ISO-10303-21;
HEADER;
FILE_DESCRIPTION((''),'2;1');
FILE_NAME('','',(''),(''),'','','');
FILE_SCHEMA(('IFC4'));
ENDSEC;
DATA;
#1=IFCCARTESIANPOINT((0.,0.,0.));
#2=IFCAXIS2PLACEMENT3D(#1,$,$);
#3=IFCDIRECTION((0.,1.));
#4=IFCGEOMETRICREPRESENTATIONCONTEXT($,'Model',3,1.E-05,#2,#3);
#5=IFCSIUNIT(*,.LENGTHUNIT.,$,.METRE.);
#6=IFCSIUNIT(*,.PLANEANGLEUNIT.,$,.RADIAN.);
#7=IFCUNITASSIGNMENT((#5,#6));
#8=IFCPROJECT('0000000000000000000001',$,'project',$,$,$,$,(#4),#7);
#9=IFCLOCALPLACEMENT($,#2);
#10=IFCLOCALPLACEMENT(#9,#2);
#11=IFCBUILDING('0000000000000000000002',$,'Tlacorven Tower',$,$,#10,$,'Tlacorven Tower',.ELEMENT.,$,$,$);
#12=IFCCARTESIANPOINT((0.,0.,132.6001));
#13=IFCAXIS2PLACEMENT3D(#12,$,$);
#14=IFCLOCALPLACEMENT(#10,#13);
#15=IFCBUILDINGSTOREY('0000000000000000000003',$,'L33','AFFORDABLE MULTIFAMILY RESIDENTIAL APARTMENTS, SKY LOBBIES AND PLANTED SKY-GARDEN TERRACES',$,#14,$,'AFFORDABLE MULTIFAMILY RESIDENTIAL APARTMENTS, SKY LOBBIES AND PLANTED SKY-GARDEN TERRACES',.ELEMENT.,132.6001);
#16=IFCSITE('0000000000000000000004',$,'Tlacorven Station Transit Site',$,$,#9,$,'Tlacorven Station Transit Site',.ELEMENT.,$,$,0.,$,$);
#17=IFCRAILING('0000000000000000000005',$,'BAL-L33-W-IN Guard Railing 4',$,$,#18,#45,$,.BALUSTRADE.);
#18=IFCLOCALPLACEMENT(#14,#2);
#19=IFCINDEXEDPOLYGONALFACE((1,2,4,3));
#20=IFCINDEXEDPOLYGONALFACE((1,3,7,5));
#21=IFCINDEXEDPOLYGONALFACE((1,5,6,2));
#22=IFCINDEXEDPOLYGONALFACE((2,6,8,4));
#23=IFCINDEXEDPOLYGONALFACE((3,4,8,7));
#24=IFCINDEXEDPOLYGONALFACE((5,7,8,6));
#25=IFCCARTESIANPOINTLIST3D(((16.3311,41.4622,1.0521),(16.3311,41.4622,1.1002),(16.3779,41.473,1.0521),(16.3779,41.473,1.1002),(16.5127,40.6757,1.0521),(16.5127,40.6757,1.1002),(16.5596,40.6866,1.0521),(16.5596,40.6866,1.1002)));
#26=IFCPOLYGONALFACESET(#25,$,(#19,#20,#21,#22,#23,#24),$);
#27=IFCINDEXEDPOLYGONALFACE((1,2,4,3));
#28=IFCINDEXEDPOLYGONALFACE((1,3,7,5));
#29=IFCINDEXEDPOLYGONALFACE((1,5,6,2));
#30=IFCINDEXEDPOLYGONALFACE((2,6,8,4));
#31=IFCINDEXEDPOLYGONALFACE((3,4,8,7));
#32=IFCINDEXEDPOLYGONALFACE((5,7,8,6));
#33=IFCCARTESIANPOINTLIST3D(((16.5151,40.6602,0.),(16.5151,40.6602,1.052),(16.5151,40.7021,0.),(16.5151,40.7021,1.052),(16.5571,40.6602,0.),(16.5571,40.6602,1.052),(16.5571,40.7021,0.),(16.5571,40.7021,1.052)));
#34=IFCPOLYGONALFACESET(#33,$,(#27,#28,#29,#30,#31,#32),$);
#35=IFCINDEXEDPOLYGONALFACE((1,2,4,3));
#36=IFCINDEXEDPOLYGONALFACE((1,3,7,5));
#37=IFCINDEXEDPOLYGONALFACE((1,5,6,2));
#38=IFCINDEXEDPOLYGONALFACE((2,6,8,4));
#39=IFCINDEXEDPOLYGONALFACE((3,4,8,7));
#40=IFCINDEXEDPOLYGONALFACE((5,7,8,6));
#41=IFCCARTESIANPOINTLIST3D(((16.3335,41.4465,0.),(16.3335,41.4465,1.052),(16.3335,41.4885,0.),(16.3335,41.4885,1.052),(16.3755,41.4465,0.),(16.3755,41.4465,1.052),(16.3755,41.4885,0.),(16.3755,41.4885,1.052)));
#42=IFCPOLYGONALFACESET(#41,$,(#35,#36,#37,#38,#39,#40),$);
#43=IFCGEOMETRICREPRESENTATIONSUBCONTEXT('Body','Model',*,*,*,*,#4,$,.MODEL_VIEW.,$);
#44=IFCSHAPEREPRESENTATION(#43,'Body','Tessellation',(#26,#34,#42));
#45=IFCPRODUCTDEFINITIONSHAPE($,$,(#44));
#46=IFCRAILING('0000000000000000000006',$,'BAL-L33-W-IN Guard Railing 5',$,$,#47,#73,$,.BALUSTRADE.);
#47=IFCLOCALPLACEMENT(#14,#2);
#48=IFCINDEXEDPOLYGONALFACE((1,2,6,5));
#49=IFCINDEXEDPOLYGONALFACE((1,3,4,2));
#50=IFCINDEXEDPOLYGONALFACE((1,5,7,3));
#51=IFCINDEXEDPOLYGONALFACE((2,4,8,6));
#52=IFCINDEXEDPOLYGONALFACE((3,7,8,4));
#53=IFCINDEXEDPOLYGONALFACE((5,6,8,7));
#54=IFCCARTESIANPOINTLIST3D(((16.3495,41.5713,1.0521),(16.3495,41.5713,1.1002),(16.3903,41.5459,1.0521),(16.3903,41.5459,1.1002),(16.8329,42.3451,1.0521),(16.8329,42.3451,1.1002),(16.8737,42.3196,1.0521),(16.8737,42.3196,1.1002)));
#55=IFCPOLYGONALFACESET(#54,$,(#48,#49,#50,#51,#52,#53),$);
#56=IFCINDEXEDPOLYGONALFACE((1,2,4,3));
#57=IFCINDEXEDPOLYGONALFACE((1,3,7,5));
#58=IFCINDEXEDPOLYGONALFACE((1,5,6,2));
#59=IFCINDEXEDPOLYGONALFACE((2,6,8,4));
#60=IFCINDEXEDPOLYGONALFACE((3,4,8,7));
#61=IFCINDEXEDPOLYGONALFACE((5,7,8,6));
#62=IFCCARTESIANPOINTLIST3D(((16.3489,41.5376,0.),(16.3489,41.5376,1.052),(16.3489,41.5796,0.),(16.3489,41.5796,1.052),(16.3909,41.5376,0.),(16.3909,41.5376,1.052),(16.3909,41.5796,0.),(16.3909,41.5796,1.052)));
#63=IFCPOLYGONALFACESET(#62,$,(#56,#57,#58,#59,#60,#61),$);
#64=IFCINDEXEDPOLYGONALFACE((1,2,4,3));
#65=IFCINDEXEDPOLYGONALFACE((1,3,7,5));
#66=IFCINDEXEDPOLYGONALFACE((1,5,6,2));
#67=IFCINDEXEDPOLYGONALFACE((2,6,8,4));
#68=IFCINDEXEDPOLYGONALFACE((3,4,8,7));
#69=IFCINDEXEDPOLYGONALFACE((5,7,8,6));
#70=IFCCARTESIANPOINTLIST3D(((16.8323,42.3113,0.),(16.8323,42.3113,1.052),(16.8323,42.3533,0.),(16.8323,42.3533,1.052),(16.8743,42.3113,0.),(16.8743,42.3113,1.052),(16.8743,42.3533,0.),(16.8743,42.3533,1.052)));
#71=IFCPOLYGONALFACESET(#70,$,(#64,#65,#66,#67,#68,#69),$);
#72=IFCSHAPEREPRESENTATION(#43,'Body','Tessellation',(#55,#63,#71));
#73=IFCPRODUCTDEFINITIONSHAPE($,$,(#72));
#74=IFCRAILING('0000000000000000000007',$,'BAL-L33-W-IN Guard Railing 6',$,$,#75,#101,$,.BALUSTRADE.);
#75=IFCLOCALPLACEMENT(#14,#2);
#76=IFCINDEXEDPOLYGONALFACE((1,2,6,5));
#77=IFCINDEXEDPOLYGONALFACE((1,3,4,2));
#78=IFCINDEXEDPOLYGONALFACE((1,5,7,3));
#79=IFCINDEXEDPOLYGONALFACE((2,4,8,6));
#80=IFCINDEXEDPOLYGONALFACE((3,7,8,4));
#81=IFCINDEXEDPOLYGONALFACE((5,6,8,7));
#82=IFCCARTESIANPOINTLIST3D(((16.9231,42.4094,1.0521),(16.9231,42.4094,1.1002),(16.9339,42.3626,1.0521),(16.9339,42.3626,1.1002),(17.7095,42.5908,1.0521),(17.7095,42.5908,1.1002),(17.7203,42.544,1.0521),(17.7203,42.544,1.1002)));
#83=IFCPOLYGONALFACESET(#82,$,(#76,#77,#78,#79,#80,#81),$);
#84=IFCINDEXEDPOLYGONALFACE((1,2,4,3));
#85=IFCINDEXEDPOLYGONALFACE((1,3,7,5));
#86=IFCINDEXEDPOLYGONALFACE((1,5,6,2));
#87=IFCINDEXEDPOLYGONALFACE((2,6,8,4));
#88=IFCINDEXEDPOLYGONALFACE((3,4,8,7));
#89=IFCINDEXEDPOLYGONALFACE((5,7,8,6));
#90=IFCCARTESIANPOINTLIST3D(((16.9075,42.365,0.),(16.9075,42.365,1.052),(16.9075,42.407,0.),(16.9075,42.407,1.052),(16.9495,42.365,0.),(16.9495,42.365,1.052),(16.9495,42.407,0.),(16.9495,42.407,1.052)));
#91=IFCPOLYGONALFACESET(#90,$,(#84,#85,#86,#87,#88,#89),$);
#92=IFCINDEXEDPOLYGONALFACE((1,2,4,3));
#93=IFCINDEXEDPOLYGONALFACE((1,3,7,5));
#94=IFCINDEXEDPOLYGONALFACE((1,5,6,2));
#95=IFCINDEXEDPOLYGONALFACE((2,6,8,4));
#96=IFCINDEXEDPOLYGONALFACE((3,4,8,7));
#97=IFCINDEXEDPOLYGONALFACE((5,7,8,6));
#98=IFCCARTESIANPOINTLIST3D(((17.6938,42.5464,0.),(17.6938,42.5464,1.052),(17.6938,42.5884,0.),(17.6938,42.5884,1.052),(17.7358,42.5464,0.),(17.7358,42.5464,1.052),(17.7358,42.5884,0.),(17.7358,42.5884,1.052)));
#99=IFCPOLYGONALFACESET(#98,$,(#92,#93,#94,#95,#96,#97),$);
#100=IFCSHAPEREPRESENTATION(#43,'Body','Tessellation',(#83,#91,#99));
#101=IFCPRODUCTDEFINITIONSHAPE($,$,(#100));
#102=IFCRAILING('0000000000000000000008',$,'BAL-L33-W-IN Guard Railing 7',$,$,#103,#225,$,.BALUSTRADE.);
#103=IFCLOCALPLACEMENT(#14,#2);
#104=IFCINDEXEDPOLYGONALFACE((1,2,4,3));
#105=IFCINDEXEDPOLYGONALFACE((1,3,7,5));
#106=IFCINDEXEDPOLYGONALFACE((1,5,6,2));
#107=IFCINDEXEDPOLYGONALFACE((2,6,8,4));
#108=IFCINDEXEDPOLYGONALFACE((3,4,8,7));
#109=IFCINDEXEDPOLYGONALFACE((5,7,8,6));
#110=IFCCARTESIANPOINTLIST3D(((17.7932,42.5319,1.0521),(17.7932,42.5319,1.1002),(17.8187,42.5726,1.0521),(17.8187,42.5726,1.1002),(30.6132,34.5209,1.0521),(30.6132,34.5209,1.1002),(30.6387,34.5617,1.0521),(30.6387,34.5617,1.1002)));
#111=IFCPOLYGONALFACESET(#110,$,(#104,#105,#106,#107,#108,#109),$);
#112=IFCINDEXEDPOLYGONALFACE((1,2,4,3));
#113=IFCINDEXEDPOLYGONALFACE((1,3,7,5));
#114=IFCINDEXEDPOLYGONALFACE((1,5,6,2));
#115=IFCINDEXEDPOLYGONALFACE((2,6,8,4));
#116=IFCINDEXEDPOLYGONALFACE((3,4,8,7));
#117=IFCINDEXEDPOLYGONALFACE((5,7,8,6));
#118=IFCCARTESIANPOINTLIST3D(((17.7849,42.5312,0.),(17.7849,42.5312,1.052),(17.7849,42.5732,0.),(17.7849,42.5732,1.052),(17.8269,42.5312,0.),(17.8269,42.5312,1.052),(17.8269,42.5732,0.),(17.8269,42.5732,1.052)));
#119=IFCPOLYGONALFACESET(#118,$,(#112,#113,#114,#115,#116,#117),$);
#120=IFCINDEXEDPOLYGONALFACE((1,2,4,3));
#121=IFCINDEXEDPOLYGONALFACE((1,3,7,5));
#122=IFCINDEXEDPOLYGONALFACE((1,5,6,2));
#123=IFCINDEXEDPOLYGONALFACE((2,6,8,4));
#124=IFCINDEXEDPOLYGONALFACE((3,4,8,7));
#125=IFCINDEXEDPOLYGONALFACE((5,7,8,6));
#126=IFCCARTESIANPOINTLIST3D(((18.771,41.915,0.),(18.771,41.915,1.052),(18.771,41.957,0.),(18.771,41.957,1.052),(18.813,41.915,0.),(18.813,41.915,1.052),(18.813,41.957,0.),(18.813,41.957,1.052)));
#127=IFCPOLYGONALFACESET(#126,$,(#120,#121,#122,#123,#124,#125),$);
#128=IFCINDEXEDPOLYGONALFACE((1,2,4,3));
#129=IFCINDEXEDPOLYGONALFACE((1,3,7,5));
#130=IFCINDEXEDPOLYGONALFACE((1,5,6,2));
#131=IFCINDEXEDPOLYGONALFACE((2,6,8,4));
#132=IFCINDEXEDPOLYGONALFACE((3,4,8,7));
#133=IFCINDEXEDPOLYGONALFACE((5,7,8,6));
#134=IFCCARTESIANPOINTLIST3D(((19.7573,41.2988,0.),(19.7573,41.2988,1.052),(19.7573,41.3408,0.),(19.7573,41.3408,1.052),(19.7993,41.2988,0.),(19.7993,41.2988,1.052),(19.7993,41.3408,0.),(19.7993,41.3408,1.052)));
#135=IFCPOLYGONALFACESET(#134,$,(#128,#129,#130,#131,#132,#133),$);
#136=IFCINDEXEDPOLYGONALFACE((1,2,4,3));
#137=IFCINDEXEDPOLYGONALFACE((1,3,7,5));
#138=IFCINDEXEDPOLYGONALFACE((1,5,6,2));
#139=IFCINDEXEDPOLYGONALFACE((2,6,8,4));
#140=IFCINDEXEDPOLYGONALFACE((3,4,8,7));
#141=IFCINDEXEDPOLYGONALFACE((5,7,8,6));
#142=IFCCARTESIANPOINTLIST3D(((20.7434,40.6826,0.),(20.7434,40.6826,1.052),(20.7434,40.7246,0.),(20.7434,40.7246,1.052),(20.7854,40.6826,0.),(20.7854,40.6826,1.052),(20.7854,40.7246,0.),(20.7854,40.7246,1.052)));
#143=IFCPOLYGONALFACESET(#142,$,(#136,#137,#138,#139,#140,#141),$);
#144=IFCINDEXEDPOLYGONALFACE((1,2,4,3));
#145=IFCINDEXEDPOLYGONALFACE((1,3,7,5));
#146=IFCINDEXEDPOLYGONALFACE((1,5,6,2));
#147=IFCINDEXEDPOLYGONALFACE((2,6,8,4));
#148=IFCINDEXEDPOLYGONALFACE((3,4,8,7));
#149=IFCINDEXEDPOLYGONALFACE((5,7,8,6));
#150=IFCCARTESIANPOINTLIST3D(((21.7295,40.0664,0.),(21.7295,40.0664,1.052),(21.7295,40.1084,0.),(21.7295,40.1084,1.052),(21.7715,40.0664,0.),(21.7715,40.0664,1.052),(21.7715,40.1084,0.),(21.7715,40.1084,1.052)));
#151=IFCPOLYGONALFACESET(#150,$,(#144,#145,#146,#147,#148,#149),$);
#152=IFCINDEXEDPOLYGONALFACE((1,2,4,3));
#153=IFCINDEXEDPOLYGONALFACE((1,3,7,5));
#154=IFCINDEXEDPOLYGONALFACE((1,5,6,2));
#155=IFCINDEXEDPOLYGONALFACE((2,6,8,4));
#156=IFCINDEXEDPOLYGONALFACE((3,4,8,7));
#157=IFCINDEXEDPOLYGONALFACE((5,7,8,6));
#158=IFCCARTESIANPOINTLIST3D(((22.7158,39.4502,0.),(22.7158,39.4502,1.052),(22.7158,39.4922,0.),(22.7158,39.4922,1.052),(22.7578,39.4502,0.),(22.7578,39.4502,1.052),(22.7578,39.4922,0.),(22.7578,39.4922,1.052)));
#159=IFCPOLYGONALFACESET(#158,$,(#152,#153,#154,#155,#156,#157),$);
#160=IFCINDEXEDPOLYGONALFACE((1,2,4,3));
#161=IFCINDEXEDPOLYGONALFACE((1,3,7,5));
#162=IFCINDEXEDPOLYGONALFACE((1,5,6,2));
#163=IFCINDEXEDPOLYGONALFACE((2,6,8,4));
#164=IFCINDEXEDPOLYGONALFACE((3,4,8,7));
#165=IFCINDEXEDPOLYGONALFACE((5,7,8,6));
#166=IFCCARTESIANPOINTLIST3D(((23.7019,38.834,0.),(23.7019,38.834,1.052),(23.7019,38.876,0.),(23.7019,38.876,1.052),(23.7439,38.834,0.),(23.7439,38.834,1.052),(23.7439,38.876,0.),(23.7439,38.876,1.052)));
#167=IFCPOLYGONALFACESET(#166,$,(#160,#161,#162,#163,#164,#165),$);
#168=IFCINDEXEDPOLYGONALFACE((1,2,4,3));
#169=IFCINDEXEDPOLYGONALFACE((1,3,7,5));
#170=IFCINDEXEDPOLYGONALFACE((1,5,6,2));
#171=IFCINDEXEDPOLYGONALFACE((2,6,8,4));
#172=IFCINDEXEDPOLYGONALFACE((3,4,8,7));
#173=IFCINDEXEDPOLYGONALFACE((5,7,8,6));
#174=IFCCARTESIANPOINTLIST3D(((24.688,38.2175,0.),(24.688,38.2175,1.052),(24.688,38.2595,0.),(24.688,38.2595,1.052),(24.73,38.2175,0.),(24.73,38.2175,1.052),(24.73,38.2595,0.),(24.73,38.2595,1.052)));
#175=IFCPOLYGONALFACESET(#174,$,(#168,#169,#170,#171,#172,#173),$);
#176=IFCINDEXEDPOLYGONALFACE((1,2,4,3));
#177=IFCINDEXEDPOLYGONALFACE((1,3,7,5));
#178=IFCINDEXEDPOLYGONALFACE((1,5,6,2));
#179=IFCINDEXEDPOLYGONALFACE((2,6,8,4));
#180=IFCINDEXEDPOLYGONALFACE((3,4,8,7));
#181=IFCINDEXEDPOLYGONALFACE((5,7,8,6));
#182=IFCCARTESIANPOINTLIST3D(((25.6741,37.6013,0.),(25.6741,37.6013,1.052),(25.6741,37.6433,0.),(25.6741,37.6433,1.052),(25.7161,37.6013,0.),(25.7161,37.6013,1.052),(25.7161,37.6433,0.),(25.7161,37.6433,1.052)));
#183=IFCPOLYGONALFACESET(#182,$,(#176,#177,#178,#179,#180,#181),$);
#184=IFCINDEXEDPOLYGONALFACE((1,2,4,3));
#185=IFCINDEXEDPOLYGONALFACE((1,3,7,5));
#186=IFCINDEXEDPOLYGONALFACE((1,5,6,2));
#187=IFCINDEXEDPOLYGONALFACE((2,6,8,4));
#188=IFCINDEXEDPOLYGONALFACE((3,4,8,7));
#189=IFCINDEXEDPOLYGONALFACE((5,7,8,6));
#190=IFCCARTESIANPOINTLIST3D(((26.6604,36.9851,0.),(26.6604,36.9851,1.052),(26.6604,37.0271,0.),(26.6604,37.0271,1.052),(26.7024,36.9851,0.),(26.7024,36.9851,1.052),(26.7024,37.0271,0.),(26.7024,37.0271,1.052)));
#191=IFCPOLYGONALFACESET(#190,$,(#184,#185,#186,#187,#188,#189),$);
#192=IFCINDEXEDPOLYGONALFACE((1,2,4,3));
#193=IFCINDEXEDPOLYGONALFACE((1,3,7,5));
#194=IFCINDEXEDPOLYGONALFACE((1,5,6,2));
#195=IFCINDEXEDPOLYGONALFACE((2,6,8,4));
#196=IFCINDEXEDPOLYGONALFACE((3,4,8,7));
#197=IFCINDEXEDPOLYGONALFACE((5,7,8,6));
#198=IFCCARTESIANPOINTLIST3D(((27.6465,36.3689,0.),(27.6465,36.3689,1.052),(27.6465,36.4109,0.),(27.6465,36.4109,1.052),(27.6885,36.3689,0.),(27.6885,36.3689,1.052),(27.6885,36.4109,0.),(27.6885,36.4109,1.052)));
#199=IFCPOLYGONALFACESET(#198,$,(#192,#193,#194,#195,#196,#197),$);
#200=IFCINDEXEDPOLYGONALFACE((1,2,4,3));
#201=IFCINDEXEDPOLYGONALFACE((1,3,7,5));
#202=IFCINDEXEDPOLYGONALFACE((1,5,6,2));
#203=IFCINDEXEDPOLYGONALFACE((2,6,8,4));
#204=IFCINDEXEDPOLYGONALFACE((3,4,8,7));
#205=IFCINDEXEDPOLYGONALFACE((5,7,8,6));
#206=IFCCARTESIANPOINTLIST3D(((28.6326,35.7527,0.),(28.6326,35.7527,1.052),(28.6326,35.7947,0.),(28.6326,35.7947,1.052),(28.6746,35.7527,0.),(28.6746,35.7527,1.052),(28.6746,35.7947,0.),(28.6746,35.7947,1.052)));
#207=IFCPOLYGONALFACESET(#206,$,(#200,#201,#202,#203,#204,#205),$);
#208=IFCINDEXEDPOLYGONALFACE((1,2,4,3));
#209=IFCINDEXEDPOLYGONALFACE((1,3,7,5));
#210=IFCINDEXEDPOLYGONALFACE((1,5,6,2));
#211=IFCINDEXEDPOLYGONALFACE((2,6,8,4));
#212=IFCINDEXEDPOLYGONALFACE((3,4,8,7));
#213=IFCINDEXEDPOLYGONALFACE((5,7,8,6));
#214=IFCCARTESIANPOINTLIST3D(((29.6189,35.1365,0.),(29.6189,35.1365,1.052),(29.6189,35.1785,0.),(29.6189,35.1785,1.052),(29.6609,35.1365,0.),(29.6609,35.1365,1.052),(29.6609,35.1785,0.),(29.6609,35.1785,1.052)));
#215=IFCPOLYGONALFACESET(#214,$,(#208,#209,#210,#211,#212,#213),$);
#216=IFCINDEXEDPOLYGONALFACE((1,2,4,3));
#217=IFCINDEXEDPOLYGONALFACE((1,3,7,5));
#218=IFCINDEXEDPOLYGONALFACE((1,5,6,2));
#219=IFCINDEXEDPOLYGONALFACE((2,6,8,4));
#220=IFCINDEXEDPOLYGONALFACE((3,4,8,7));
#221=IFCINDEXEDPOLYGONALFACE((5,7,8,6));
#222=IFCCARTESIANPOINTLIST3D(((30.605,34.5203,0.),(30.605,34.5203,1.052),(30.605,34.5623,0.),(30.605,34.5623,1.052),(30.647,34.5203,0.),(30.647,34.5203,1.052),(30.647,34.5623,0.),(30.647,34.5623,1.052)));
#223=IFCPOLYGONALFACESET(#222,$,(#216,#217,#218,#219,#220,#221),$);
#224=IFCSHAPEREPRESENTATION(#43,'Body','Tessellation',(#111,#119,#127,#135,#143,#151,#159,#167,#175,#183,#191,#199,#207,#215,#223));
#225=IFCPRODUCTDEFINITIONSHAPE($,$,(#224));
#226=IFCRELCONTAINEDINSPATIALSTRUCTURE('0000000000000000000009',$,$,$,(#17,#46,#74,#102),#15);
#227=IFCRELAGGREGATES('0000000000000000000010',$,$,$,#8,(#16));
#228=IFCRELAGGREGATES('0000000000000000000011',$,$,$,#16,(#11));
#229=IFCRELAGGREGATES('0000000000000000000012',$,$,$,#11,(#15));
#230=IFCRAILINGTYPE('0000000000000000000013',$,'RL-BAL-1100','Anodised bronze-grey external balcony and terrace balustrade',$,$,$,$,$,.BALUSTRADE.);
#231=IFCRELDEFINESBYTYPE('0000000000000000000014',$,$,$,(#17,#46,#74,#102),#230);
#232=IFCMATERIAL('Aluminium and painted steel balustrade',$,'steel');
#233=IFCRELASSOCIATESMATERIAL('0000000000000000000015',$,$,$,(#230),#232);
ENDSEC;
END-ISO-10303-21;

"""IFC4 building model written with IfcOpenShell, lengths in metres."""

from ifc_helpers import new_model, si_unit, direction, frame, origin, origin_2d, place, context, subcontext, project, spatial, rectangle, extrude, source, transform, mapped, material, type_object, element, save


model = new_model("IFC4")

# Units and contexts
model_context = context("Model", 3, precision=1e-05, world=origin(), true_north=direction((0.0, 1.0)))
body_context = subcontext(model_context, "Body", "Model", "MODEL_VIEW")
ifc_project = project(units=[si_unit("LENGTHUNIT", "METRE"), si_unit("PLANEANGLEUNIT", "RADIAN")], contexts=[model_context])

# Site, building, storey
site_placement = place(None, origin())
site = spatial("IfcSite", under=ifc_project, at=site_placement, Name="Tlacorven Station Transit Site", LongName="Tlacorven Station Transit Site", CompositionType="ELEMENT", RefElevation=0.0)
building_placement = place(site_placement, origin())
building = spatial("IfcBuilding", under=site, at=building_placement, Name="Tlacorven Tower", LongName="Tlacorven Tower", CompositionType="ELEMENT")
storey_placement = place(building_placement, frame((0.0, 0.0, 132.6001)))
storey = spatial("IfcBuildingStorey", under=building, at=storey_placement, Name="L33", Description="AFFORDABLE MULTIFAMILY RESIDENTIAL APARTMENTS, SKY LOBBIES AND PLANTED SKY-GARDEN TERRACES", LongName="AFFORDABLE MULTIFAMILY RESIDENTIAL APARTMENTS, SKY LOBBIES AND PLANTED SKY-GARDEN TERRACES", CompositionType="ELEMENT", Elevation=132.6001)

# Railings
ifc_material_1 = material(Name="Aluminium and painted steel balustrade", Category="steel")
railing_type = type_object("IfcRailingType", Name="RL-BAL-1100", Description="Anodised bronze-grey external balcony and terrace balustrade", PredefinedType="BALUSTRADE", material=ifc_material_1)
shared_shape_1 = source(origin(), body_context, "Body", "SweptSolid", [
    extrude(rectangle(XDim=0.0481, YDim=0.0481, at=origin_2d()), frame((0.0, 0.0, 1.0762), z_axis=(-0.225058, 0.974345, 0.0), x_axis=(-0.974345, -0.225058, 0.0)), (0.0, 0.0, 1.0), 0.8071),
    extrude(rectangle(XDim=0.042, YDim=0.042, at=origin_2d()), origin(), (0.0, 0.0, 1.0), 1.052),
    extrude(rectangle(XDim=0.042, YDim=0.042, at=origin_2d()), frame((-0.1816, 0.7864, 0.0)), (0.0, 0.0, 1.0), 1.052),
])
railing_1_placement = place(storey_placement, frame((16.5361, 40.6812, 0.0)))
element("IfcRailing", 1, at=railing_1_placement, inside=storey, type_object=railing_type, Name="BAL-L33-W-IN Guard Railing 4", PredefinedType="BALUSTRADE", context=body_context, shape_type="MappedRepresentation", body=[
    mapped(shared_shape_1, transform((0.0, 0.0, 0.0), scale=1.0)),
])
shared_shape_2 = source(origin(), body_context, "Body", "SweptSolid", [
    extrude(rectangle(XDim=0.0481, YDim=0.0481, at=origin_2d()), frame((0.0, 0.0, 1.0762), z_axis=(0.529879, 0.848073, 0.0), x_axis=(-0.848073, 0.529879, 0.0)), (0.0, 0.0, 1.0), 0.9124),
    extrude(rectangle(XDim=0.042, YDim=0.042, at=origin_2d()), origin(), (0.0, 0.0, 1.0), 1.052),
    extrude(rectangle(XDim=0.042, YDim=0.042, at=origin_2d()), frame((0.4834, 0.7737, 0.0)), (0.0, 0.0, 1.0), 1.052),
])
railing_2_placement = place(storey_placement, frame((16.3699, 41.5586, 0.0)))
element("IfcRailing", 2, at=railing_2_placement, inside=storey, type_object=railing_type, Name="BAL-L33-W-IN Guard Railing 5", PredefinedType="BALUSTRADE", context=body_context, shape_type="MappedRepresentation", body=[
    mapped(shared_shape_2, transform((0.0, 0.0, 0.0), scale=1.0)),
])
shared_shape_3 = source(origin(), body_context, "Body", "SweptSolid", [
    extrude(rectangle(XDim=0.0481, YDim=0.0481, at=origin_2d()), frame((0.0, 0.0, 1.0762), z_axis=(0.974412, 0.224771, 0.0), x_axis=(-0.224771, 0.974412, 0.0)), (0.0, 0.0, 1.0), 0.8071),
    extrude(rectangle(XDim=0.042, YDim=0.042, at=origin_2d()), origin(), (0.0, 0.0, 1.0), 1.052),
    extrude(rectangle(XDim=0.042, YDim=0.042, at=origin_2d()), frame((0.7864, 0.1814, 0.0)), (0.0, 0.0, 1.0), 1.052),
])
railing_3_placement = place(storey_placement, frame((16.9285, 42.386, 0.0)))
element("IfcRailing", 3, at=railing_3_placement, inside=storey, type_object=railing_type, Name="BAL-L33-W-IN Guard Railing 6", PredefinedType="BALUSTRADE", context=body_context, shape_type="MappedRepresentation", body=[
    mapped(shared_shape_3, transform((0.0, 0.0, 0.0), scale=1.0)),
])
shared_shape_4 = source(origin(), body_context, "Body", "SweptSolid", [
    extrude(rectangle(XDim=0.0481, YDim=0.0481, at=origin_2d()), frame((0.0, 0.0, 1.0762), z_axis=(0.848045, -0.529925, 0.0), x_axis=(0.529925, 0.848045, 0.0)), (0.0, 0.0, 1.0), 15.1172),
    extrude(rectangle(XDim=0.042, YDim=0.042, at=origin_2d()), origin(), (0.0, 0.0, 1.0), 1.052),
    extrude(rectangle(XDim=0.042, YDim=0.042, at=origin_2d()), frame((0.9861, -0.6162, 0.0)), (0.0, 0.0, 1.0), 1.052),
    extrude(rectangle(XDim=0.042, YDim=0.042, at=origin_2d()), frame((1.9724, -1.2324, 0.0)), (0.0, 0.0, 1.0), 1.052),
    extrude(rectangle(XDim=0.042, YDim=0.042, at=origin_2d()), frame((2.9585, -1.8486, 0.0)), (0.0, 0.0, 1.0), 1.052),
    extrude(rectangle(XDim=0.042, YDim=0.042, at=origin_2d()), frame((3.9446, -2.4648, 0.0)), (0.0, 0.0, 1.0), 1.052),
    extrude(rectangle(XDim=0.042, YDim=0.042, at=origin_2d()), frame((4.9309, -3.0811, 0.0)), (0.0, 0.0, 1.0), 1.052),
    extrude(rectangle(XDim=0.042, YDim=0.042, at=origin_2d()), frame((5.917, -3.6973, 0.0)), (0.0, 0.0, 1.0), 1.052),
    extrude(rectangle(XDim=0.042, YDim=0.042, at=origin_2d()), frame((6.9031, -4.3137, 0.0)), (0.0, 0.0, 1.0), 1.052),
    extrude(rectangle(XDim=0.042, YDim=0.042, at=origin_2d()), frame((7.8892, -4.9299, 0.0)), (0.0, 0.0, 1.0), 1.052),
    extrude(rectangle(XDim=0.042, YDim=0.042, at=origin_2d()), frame((8.8755, -5.5461, 0.0)), (0.0, 0.0, 1.0), 1.052),
    extrude(rectangle(XDim=0.042, YDim=0.042, at=origin_2d()), frame((9.8616, -6.1624, 0.0)), (0.0, 0.0, 1.0), 1.052),
    extrude(rectangle(XDim=0.042, YDim=0.042, at=origin_2d()), frame((10.8477, -6.7786, 0.0)), (0.0, 0.0, 1.0), 1.052),
    extrude(rectangle(XDim=0.042, YDim=0.042, at=origin_2d()), frame((11.834, -7.3948, 0.0)), (0.0, 0.0, 1.0), 1.052),
    extrude(rectangle(XDim=0.042, YDim=0.042, at=origin_2d()), frame((12.8201, -8.011, 0.0)), (0.0, 0.0, 1.0), 1.052),
])
railing_4_placement = place(storey_placement, frame((17.8059, 42.5522, 0.0)))
element("IfcRailing", 4, at=railing_4_placement, inside=storey, type_object=railing_type, Name="BAL-L33-W-IN Guard Railing 7", PredefinedType="BALUSTRADE", context=body_context, shape_type="MappedRepresentation", body=[
    mapped(shared_shape_4, transform((0.0, 0.0, 0.0), scale=1.0)),
])

save(model, "model.ifc")
